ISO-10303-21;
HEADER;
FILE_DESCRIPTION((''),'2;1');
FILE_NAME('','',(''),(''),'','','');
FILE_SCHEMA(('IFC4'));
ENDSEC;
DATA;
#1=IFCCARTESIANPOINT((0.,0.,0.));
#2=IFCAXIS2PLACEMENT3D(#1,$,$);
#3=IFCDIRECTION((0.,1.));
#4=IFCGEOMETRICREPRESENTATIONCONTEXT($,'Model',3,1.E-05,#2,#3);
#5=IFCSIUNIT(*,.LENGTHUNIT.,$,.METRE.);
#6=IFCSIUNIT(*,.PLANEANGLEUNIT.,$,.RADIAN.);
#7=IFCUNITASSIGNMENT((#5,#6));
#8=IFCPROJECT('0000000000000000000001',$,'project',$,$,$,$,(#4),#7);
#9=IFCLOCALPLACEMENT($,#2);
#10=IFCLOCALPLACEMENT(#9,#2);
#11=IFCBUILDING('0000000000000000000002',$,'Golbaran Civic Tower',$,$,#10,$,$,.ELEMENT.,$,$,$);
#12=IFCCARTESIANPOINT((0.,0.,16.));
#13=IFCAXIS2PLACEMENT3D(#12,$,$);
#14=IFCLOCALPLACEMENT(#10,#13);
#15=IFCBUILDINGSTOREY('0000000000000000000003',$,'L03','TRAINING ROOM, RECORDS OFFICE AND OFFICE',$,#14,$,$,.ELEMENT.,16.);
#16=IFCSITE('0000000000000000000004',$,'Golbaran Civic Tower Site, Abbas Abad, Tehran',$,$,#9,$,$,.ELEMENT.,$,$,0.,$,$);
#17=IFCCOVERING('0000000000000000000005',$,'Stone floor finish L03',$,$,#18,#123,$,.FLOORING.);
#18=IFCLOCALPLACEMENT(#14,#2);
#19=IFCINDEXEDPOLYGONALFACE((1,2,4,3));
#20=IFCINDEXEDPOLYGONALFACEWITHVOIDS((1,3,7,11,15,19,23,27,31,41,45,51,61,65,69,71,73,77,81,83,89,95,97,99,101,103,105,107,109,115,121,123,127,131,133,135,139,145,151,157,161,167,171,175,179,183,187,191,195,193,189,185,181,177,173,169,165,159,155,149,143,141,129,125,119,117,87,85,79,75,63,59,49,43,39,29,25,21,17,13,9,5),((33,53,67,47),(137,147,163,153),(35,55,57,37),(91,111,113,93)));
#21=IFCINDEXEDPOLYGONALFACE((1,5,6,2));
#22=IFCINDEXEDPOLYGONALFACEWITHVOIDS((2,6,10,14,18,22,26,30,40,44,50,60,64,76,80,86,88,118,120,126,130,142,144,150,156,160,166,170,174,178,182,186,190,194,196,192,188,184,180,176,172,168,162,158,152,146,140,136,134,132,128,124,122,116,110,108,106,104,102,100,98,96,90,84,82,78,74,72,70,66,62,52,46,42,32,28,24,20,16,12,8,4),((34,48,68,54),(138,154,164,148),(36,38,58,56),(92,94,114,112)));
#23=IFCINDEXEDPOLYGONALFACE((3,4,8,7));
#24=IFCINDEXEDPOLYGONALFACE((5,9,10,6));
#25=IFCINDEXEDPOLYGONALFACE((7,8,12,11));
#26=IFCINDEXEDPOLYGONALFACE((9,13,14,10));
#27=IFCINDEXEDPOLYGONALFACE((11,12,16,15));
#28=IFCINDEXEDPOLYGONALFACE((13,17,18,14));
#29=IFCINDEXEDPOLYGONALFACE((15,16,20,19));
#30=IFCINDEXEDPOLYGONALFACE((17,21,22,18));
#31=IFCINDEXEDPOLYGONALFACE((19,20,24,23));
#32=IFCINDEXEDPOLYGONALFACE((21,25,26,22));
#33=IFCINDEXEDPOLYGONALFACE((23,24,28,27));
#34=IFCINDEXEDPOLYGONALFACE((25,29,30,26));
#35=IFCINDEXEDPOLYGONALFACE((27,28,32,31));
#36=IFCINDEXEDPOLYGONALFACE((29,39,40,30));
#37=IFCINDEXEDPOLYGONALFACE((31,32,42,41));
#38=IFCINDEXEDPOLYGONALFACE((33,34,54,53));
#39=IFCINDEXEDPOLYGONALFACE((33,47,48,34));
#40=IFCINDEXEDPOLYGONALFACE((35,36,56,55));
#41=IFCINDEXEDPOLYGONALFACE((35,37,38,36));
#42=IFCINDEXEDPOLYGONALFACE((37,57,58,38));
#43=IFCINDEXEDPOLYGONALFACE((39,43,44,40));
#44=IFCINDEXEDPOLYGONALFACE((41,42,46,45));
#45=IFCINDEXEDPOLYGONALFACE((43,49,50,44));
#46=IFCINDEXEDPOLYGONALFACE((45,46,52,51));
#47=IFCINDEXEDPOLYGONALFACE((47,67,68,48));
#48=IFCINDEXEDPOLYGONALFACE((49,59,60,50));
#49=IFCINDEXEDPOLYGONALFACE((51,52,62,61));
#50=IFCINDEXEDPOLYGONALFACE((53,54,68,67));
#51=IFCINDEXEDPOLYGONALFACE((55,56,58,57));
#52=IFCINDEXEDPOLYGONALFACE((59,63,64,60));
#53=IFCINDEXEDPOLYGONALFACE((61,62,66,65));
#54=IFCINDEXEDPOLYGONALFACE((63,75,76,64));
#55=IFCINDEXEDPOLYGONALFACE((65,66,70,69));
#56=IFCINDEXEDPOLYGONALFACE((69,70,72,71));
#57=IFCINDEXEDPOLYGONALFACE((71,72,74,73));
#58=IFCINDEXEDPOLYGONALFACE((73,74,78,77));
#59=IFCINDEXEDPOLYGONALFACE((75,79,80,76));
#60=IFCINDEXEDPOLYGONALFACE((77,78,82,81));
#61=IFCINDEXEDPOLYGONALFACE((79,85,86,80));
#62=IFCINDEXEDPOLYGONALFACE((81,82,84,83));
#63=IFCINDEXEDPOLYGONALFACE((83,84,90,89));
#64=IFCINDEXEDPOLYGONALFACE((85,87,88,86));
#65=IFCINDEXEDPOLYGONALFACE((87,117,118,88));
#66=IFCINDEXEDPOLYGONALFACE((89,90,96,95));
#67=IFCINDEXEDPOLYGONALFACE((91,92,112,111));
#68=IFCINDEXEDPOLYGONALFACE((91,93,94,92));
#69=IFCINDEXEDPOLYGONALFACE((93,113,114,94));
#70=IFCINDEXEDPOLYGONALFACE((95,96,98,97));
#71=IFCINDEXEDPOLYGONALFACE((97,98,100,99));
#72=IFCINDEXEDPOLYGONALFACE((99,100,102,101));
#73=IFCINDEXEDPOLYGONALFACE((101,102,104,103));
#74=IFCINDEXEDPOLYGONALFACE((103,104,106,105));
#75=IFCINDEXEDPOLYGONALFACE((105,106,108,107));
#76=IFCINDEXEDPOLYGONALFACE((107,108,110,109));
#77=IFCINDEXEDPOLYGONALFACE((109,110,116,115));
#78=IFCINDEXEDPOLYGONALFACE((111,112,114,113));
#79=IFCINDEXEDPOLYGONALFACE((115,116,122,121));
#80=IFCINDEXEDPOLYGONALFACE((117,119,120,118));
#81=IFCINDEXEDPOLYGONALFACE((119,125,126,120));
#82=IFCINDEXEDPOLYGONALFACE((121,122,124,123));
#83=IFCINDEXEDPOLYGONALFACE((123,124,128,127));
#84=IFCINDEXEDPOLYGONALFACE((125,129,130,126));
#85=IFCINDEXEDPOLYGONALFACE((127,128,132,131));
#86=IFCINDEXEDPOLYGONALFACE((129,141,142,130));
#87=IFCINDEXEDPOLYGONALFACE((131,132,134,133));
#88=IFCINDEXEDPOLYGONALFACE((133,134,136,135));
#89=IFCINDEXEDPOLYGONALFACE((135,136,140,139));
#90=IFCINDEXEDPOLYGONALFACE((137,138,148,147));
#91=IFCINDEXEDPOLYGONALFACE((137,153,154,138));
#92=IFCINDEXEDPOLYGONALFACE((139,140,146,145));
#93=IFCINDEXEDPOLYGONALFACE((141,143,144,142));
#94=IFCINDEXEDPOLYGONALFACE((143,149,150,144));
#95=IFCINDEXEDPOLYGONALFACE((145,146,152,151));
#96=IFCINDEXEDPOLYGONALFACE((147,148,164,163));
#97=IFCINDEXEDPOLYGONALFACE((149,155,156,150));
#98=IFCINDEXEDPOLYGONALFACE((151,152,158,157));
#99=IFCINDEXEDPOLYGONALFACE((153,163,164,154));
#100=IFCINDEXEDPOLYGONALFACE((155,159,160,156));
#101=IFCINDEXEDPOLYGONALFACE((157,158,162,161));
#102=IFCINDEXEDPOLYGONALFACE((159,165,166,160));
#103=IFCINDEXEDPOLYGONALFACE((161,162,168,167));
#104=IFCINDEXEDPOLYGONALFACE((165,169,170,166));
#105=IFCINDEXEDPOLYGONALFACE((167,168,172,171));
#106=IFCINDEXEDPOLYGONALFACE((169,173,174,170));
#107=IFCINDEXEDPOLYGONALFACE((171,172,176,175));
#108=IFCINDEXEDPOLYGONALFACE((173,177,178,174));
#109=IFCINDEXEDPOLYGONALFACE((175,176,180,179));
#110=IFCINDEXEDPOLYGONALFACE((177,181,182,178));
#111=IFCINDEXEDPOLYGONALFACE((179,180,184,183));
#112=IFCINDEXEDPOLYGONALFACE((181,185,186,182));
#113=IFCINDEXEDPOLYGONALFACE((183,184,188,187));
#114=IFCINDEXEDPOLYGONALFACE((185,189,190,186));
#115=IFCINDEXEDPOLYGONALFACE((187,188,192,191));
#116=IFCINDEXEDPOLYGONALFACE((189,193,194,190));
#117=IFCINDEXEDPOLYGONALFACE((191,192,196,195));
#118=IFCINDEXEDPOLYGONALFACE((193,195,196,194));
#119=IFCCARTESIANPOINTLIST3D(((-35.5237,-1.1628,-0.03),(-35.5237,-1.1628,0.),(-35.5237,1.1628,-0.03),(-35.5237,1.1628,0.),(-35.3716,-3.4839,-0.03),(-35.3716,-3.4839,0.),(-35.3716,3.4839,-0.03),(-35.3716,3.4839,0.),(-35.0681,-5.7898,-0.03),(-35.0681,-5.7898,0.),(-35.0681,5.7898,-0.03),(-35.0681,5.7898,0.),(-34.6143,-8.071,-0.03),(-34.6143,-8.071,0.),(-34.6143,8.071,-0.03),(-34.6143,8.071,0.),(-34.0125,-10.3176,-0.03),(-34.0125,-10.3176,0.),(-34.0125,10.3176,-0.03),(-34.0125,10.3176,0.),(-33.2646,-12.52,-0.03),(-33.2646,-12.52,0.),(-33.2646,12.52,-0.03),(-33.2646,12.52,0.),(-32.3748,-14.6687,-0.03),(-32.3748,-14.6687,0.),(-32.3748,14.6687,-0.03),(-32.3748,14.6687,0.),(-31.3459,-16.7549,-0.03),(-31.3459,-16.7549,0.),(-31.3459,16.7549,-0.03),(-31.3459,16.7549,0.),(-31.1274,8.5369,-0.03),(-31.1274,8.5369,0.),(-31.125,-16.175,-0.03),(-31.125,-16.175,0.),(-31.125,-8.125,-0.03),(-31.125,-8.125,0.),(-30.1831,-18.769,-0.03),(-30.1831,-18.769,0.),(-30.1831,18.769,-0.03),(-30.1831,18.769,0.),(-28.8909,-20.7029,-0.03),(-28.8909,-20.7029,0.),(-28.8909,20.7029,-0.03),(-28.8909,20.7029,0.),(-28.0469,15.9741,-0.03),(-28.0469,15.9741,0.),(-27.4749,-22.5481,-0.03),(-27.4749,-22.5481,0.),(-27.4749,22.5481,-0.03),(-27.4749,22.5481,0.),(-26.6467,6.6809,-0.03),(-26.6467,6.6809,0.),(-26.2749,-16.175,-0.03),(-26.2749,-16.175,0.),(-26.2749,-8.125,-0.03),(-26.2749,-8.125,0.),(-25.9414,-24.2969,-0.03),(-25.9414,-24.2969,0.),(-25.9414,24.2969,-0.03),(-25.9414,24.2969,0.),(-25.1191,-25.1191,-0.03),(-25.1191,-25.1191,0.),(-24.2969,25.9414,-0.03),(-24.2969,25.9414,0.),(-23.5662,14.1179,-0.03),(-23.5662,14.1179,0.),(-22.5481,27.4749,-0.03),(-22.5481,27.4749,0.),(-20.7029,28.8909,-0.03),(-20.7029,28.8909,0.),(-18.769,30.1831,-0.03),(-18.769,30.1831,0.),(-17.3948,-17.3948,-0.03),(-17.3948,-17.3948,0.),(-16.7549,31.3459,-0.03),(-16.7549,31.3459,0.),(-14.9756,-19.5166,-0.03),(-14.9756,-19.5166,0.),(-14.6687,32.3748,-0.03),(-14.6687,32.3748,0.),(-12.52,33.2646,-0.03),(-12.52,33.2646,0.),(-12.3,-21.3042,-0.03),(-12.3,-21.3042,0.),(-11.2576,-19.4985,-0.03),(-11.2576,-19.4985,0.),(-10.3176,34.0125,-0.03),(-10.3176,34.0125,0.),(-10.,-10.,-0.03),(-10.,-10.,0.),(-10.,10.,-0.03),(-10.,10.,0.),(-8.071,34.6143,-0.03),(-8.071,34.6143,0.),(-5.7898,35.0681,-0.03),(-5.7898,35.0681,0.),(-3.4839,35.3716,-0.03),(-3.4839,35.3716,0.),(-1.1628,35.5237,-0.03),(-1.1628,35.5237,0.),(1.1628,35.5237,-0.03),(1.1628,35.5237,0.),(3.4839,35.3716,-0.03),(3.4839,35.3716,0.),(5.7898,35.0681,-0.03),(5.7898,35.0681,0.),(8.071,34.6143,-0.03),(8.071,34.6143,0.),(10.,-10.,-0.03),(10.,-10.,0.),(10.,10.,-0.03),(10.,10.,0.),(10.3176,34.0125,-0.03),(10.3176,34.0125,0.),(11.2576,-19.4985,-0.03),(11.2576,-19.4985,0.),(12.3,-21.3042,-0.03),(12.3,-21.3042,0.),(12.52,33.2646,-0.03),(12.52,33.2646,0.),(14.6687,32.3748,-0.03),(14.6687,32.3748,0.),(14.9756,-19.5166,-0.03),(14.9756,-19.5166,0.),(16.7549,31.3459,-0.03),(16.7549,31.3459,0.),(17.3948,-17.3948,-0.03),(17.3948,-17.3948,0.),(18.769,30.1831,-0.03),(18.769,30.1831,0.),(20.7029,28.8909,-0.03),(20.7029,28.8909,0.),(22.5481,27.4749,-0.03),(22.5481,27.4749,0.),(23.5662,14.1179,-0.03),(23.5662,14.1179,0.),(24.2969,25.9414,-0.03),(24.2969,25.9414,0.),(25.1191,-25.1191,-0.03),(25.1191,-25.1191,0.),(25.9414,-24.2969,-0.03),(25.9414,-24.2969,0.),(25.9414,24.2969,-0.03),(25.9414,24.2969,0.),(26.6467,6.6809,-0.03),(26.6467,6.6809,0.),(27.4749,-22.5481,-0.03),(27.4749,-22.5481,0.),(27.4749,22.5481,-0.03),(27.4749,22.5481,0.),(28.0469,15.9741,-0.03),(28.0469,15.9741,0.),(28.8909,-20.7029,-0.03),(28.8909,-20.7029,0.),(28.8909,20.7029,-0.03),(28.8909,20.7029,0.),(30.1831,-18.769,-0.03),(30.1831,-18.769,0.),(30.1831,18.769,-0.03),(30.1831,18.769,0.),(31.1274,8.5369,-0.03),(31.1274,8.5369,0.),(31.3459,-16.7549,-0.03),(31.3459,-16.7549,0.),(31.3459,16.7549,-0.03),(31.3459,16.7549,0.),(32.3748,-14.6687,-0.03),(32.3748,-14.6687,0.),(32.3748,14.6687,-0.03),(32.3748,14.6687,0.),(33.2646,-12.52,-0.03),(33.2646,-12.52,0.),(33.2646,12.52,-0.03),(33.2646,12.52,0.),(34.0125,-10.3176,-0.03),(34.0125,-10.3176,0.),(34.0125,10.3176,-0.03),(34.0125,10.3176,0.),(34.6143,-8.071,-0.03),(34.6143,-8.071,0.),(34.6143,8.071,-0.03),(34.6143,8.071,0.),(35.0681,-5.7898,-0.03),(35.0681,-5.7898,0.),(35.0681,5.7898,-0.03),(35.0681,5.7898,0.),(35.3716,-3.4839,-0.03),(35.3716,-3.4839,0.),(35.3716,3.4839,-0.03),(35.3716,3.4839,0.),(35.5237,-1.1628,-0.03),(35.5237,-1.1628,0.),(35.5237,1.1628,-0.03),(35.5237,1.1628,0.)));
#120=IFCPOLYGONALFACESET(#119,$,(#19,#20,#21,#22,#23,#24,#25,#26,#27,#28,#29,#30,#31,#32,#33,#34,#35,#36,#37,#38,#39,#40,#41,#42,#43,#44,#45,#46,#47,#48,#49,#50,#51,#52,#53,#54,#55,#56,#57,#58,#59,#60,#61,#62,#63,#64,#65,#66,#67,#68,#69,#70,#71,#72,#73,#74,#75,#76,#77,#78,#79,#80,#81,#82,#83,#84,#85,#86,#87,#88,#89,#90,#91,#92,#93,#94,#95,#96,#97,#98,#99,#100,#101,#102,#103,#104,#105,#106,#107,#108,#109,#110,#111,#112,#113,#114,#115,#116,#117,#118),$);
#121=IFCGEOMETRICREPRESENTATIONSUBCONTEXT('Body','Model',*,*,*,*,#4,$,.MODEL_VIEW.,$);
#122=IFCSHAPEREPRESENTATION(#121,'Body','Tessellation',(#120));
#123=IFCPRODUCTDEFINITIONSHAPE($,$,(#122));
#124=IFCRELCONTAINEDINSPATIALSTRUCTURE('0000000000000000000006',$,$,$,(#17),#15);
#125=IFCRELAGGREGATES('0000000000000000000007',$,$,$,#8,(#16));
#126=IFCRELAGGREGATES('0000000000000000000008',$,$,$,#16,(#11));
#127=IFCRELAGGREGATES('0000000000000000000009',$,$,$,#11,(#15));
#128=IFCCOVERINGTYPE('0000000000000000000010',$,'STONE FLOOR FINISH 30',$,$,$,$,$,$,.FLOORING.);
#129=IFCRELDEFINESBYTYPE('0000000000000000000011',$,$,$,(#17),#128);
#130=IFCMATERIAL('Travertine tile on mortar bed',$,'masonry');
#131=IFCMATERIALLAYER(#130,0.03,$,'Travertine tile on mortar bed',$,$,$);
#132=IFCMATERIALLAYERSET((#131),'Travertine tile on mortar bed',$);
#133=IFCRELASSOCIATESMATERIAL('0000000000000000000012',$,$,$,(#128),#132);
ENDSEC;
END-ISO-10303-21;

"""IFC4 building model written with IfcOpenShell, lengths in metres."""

from ifc_helpers import new_model, si_unit, direction, frame, origin, place, context, subcontext, project, spatial, polyline, outline, extrude, material, layer, layer_set, type_object, element, save


model = new_model("IFC4")

# Units and contexts
model_context = context("Model", 3, precision=1e-05, world=origin(), true_north=direction((0.0, 1.0)))
body_context = subcontext(model_context, "Body", "Model", "MODEL_VIEW")
ifc_project = project(units=[si_unit("LENGTHUNIT", "METRE"), si_unit("PLANEANGLEUNIT", "RADIAN")], contexts=[model_context])

# Site, building, storey
site_placement = place(None, origin())
site = spatial("IfcSite", under=ifc_project, at=site_placement, Name="Golbaran Civic Tower Site, Abbas Abad, Tehran", CompositionType="ELEMENT", RefElevation=0.0)
building_placement = place(site_placement, origin())
building = spatial("IfcBuilding", under=site, at=building_placement, Name="Golbaran Civic Tower", CompositionType="ELEMENT")
storey_placement = place(building_placement, frame((0.0, 0.0, 16.0)))
storey = spatial("IfcBuildingStorey", under=building, at=storey_placement, Name="L03", Description="TRAINING ROOM, RECORDS OFFICE AND OFFICE", CompositionType="ELEMENT", Elevation=16.0)

# Covering
ifc_material_1 = material(Name="Travertine tile on mortar bed", Category="masonry")
ifc_layer_1 = layer(ifc_material_1, 0.03, Name="Travertine tile on mortar bed")
ifc_layer_set_1 = layer_set([ifc_layer_1], Name="Travertine tile on mortar bed")
covering_type = type_object("IfcCoveringType", Name="STONE FLOOR FINISH 30", PredefinedType="FLOORING", material=ifc_layer_set_1)
covering_placement = place(storey_placement, frame((0.0, 0.0, -0.03)))
element("IfcCovering", 1, at=covering_placement, inside=storey, type_object=covering_type, Name="Stone floor finish L03", PredefinedType="FLOORING", context=body_context, shape_type="SweptSolid", body=[
    extrude(outline(polyline([(-17.3948, -17.3948), (-25.1191, -25.1191), (-25.9414, -24.2969), (-27.4749, -22.5481), (-28.8909, -20.7029), (-30.1831, -18.769), (-31.3459, -16.7549), (-32.3748, -14.6687), (-33.2646, -12.52), (-34.0125, -10.3176), (-34.6143, -8.071), (-35.0681, -5.7898), (-35.3716, -3.4839), (-35.5237, -1.1628), (-35.5237, 1.1628), (-35.3716, 3.4839), (-35.0681, 5.7898), (-34.6143, 8.071), (-34.0125, 10.3176), (-33.2646, 12.52), (-32.3748, 14.6687), (-31.3459, 16.7549), (-30.1831, 18.769), (-28.8909, 20.7029), (-27.4749, 22.5481), (-25.9414, 24.2969), (-24.2969, 25.9414), (-22.5481, 27.4749), (-20.7029, 28.8909), (-18.769, 30.1831), (-16.7549, 31.3459), (-14.6687, 32.3748), (-12.52, 33.2646), (-10.3176, 34.0125), (-8.071, 34.6143), (-5.7898, 35.0681), (-3.4839, 35.3716), (-1.1628, 35.5237), (1.1628, 35.5237), (3.4839, 35.3716), (5.7898, 35.0681), (8.071, 34.6143), (10.3176, 34.0125), (12.52, 33.2646), (14.6687, 32.3748), (16.7549, 31.3459), (18.769, 30.1831), (20.7029, 28.8909), (22.5481, 27.4749), (24.2969, 25.9414), (25.9414, 24.2969), (27.4749, 22.5481), (28.8909, 20.7029), (30.1831, 18.769), (31.3459, 16.7549), (32.3748, 14.6687), (33.2646, 12.52), (34.0125, 10.3176), (34.6143, 8.071), (35.0681, 5.7898), (35.3716, 3.4839), (35.5237, 1.1628), (35.5237, -1.1628), (35.3716, -3.4839), (35.0681, -5.7898), (34.6143, -8.071), (34.0125, -10.3176), (33.2646, -12.52), (32.3748, -14.6687), (31.3459, -16.7549), (30.1831, -18.769), (28.8909, -20.7029), (27.4749, -22.5481), (25.9414, -24.2969), (25.1191, -25.1191), (17.3948, -17.3948), (14.9756, -19.5166), (12.3, -21.3042), (11.2576, -19.4985), (-11.2576, -19.4985), (-12.3, -21.3042), (-14.9756, -19.5166), (-17.3948, -17.3948)]), holes=[polyline([(23.5662, 14.1179), (26.6467, 6.6809), (31.1274, 8.5369), (28.0469, 15.9741), (23.5662, 14.1179)]), polyline([(10.0, -10.0), (10.0, 10.0), (-10.0, 10.0), (-10.0, -10.0), (10.0, -10.0)]), polyline([(-26.6467, 6.6809), (-23.5662, 14.1179), (-28.0469, 15.9741), (-31.1274, 8.5369), (-26.6467, 6.6809)]), polyline([(-26.2749, -8.125), (-31.125, -8.125), (-31.125, -16.175), (-26.2749, -16.175), (-26.2749, -8.125)])]), origin(), (0.0, 0.0, 1.0), 0.03),
])

save(model, "model.ifc")
